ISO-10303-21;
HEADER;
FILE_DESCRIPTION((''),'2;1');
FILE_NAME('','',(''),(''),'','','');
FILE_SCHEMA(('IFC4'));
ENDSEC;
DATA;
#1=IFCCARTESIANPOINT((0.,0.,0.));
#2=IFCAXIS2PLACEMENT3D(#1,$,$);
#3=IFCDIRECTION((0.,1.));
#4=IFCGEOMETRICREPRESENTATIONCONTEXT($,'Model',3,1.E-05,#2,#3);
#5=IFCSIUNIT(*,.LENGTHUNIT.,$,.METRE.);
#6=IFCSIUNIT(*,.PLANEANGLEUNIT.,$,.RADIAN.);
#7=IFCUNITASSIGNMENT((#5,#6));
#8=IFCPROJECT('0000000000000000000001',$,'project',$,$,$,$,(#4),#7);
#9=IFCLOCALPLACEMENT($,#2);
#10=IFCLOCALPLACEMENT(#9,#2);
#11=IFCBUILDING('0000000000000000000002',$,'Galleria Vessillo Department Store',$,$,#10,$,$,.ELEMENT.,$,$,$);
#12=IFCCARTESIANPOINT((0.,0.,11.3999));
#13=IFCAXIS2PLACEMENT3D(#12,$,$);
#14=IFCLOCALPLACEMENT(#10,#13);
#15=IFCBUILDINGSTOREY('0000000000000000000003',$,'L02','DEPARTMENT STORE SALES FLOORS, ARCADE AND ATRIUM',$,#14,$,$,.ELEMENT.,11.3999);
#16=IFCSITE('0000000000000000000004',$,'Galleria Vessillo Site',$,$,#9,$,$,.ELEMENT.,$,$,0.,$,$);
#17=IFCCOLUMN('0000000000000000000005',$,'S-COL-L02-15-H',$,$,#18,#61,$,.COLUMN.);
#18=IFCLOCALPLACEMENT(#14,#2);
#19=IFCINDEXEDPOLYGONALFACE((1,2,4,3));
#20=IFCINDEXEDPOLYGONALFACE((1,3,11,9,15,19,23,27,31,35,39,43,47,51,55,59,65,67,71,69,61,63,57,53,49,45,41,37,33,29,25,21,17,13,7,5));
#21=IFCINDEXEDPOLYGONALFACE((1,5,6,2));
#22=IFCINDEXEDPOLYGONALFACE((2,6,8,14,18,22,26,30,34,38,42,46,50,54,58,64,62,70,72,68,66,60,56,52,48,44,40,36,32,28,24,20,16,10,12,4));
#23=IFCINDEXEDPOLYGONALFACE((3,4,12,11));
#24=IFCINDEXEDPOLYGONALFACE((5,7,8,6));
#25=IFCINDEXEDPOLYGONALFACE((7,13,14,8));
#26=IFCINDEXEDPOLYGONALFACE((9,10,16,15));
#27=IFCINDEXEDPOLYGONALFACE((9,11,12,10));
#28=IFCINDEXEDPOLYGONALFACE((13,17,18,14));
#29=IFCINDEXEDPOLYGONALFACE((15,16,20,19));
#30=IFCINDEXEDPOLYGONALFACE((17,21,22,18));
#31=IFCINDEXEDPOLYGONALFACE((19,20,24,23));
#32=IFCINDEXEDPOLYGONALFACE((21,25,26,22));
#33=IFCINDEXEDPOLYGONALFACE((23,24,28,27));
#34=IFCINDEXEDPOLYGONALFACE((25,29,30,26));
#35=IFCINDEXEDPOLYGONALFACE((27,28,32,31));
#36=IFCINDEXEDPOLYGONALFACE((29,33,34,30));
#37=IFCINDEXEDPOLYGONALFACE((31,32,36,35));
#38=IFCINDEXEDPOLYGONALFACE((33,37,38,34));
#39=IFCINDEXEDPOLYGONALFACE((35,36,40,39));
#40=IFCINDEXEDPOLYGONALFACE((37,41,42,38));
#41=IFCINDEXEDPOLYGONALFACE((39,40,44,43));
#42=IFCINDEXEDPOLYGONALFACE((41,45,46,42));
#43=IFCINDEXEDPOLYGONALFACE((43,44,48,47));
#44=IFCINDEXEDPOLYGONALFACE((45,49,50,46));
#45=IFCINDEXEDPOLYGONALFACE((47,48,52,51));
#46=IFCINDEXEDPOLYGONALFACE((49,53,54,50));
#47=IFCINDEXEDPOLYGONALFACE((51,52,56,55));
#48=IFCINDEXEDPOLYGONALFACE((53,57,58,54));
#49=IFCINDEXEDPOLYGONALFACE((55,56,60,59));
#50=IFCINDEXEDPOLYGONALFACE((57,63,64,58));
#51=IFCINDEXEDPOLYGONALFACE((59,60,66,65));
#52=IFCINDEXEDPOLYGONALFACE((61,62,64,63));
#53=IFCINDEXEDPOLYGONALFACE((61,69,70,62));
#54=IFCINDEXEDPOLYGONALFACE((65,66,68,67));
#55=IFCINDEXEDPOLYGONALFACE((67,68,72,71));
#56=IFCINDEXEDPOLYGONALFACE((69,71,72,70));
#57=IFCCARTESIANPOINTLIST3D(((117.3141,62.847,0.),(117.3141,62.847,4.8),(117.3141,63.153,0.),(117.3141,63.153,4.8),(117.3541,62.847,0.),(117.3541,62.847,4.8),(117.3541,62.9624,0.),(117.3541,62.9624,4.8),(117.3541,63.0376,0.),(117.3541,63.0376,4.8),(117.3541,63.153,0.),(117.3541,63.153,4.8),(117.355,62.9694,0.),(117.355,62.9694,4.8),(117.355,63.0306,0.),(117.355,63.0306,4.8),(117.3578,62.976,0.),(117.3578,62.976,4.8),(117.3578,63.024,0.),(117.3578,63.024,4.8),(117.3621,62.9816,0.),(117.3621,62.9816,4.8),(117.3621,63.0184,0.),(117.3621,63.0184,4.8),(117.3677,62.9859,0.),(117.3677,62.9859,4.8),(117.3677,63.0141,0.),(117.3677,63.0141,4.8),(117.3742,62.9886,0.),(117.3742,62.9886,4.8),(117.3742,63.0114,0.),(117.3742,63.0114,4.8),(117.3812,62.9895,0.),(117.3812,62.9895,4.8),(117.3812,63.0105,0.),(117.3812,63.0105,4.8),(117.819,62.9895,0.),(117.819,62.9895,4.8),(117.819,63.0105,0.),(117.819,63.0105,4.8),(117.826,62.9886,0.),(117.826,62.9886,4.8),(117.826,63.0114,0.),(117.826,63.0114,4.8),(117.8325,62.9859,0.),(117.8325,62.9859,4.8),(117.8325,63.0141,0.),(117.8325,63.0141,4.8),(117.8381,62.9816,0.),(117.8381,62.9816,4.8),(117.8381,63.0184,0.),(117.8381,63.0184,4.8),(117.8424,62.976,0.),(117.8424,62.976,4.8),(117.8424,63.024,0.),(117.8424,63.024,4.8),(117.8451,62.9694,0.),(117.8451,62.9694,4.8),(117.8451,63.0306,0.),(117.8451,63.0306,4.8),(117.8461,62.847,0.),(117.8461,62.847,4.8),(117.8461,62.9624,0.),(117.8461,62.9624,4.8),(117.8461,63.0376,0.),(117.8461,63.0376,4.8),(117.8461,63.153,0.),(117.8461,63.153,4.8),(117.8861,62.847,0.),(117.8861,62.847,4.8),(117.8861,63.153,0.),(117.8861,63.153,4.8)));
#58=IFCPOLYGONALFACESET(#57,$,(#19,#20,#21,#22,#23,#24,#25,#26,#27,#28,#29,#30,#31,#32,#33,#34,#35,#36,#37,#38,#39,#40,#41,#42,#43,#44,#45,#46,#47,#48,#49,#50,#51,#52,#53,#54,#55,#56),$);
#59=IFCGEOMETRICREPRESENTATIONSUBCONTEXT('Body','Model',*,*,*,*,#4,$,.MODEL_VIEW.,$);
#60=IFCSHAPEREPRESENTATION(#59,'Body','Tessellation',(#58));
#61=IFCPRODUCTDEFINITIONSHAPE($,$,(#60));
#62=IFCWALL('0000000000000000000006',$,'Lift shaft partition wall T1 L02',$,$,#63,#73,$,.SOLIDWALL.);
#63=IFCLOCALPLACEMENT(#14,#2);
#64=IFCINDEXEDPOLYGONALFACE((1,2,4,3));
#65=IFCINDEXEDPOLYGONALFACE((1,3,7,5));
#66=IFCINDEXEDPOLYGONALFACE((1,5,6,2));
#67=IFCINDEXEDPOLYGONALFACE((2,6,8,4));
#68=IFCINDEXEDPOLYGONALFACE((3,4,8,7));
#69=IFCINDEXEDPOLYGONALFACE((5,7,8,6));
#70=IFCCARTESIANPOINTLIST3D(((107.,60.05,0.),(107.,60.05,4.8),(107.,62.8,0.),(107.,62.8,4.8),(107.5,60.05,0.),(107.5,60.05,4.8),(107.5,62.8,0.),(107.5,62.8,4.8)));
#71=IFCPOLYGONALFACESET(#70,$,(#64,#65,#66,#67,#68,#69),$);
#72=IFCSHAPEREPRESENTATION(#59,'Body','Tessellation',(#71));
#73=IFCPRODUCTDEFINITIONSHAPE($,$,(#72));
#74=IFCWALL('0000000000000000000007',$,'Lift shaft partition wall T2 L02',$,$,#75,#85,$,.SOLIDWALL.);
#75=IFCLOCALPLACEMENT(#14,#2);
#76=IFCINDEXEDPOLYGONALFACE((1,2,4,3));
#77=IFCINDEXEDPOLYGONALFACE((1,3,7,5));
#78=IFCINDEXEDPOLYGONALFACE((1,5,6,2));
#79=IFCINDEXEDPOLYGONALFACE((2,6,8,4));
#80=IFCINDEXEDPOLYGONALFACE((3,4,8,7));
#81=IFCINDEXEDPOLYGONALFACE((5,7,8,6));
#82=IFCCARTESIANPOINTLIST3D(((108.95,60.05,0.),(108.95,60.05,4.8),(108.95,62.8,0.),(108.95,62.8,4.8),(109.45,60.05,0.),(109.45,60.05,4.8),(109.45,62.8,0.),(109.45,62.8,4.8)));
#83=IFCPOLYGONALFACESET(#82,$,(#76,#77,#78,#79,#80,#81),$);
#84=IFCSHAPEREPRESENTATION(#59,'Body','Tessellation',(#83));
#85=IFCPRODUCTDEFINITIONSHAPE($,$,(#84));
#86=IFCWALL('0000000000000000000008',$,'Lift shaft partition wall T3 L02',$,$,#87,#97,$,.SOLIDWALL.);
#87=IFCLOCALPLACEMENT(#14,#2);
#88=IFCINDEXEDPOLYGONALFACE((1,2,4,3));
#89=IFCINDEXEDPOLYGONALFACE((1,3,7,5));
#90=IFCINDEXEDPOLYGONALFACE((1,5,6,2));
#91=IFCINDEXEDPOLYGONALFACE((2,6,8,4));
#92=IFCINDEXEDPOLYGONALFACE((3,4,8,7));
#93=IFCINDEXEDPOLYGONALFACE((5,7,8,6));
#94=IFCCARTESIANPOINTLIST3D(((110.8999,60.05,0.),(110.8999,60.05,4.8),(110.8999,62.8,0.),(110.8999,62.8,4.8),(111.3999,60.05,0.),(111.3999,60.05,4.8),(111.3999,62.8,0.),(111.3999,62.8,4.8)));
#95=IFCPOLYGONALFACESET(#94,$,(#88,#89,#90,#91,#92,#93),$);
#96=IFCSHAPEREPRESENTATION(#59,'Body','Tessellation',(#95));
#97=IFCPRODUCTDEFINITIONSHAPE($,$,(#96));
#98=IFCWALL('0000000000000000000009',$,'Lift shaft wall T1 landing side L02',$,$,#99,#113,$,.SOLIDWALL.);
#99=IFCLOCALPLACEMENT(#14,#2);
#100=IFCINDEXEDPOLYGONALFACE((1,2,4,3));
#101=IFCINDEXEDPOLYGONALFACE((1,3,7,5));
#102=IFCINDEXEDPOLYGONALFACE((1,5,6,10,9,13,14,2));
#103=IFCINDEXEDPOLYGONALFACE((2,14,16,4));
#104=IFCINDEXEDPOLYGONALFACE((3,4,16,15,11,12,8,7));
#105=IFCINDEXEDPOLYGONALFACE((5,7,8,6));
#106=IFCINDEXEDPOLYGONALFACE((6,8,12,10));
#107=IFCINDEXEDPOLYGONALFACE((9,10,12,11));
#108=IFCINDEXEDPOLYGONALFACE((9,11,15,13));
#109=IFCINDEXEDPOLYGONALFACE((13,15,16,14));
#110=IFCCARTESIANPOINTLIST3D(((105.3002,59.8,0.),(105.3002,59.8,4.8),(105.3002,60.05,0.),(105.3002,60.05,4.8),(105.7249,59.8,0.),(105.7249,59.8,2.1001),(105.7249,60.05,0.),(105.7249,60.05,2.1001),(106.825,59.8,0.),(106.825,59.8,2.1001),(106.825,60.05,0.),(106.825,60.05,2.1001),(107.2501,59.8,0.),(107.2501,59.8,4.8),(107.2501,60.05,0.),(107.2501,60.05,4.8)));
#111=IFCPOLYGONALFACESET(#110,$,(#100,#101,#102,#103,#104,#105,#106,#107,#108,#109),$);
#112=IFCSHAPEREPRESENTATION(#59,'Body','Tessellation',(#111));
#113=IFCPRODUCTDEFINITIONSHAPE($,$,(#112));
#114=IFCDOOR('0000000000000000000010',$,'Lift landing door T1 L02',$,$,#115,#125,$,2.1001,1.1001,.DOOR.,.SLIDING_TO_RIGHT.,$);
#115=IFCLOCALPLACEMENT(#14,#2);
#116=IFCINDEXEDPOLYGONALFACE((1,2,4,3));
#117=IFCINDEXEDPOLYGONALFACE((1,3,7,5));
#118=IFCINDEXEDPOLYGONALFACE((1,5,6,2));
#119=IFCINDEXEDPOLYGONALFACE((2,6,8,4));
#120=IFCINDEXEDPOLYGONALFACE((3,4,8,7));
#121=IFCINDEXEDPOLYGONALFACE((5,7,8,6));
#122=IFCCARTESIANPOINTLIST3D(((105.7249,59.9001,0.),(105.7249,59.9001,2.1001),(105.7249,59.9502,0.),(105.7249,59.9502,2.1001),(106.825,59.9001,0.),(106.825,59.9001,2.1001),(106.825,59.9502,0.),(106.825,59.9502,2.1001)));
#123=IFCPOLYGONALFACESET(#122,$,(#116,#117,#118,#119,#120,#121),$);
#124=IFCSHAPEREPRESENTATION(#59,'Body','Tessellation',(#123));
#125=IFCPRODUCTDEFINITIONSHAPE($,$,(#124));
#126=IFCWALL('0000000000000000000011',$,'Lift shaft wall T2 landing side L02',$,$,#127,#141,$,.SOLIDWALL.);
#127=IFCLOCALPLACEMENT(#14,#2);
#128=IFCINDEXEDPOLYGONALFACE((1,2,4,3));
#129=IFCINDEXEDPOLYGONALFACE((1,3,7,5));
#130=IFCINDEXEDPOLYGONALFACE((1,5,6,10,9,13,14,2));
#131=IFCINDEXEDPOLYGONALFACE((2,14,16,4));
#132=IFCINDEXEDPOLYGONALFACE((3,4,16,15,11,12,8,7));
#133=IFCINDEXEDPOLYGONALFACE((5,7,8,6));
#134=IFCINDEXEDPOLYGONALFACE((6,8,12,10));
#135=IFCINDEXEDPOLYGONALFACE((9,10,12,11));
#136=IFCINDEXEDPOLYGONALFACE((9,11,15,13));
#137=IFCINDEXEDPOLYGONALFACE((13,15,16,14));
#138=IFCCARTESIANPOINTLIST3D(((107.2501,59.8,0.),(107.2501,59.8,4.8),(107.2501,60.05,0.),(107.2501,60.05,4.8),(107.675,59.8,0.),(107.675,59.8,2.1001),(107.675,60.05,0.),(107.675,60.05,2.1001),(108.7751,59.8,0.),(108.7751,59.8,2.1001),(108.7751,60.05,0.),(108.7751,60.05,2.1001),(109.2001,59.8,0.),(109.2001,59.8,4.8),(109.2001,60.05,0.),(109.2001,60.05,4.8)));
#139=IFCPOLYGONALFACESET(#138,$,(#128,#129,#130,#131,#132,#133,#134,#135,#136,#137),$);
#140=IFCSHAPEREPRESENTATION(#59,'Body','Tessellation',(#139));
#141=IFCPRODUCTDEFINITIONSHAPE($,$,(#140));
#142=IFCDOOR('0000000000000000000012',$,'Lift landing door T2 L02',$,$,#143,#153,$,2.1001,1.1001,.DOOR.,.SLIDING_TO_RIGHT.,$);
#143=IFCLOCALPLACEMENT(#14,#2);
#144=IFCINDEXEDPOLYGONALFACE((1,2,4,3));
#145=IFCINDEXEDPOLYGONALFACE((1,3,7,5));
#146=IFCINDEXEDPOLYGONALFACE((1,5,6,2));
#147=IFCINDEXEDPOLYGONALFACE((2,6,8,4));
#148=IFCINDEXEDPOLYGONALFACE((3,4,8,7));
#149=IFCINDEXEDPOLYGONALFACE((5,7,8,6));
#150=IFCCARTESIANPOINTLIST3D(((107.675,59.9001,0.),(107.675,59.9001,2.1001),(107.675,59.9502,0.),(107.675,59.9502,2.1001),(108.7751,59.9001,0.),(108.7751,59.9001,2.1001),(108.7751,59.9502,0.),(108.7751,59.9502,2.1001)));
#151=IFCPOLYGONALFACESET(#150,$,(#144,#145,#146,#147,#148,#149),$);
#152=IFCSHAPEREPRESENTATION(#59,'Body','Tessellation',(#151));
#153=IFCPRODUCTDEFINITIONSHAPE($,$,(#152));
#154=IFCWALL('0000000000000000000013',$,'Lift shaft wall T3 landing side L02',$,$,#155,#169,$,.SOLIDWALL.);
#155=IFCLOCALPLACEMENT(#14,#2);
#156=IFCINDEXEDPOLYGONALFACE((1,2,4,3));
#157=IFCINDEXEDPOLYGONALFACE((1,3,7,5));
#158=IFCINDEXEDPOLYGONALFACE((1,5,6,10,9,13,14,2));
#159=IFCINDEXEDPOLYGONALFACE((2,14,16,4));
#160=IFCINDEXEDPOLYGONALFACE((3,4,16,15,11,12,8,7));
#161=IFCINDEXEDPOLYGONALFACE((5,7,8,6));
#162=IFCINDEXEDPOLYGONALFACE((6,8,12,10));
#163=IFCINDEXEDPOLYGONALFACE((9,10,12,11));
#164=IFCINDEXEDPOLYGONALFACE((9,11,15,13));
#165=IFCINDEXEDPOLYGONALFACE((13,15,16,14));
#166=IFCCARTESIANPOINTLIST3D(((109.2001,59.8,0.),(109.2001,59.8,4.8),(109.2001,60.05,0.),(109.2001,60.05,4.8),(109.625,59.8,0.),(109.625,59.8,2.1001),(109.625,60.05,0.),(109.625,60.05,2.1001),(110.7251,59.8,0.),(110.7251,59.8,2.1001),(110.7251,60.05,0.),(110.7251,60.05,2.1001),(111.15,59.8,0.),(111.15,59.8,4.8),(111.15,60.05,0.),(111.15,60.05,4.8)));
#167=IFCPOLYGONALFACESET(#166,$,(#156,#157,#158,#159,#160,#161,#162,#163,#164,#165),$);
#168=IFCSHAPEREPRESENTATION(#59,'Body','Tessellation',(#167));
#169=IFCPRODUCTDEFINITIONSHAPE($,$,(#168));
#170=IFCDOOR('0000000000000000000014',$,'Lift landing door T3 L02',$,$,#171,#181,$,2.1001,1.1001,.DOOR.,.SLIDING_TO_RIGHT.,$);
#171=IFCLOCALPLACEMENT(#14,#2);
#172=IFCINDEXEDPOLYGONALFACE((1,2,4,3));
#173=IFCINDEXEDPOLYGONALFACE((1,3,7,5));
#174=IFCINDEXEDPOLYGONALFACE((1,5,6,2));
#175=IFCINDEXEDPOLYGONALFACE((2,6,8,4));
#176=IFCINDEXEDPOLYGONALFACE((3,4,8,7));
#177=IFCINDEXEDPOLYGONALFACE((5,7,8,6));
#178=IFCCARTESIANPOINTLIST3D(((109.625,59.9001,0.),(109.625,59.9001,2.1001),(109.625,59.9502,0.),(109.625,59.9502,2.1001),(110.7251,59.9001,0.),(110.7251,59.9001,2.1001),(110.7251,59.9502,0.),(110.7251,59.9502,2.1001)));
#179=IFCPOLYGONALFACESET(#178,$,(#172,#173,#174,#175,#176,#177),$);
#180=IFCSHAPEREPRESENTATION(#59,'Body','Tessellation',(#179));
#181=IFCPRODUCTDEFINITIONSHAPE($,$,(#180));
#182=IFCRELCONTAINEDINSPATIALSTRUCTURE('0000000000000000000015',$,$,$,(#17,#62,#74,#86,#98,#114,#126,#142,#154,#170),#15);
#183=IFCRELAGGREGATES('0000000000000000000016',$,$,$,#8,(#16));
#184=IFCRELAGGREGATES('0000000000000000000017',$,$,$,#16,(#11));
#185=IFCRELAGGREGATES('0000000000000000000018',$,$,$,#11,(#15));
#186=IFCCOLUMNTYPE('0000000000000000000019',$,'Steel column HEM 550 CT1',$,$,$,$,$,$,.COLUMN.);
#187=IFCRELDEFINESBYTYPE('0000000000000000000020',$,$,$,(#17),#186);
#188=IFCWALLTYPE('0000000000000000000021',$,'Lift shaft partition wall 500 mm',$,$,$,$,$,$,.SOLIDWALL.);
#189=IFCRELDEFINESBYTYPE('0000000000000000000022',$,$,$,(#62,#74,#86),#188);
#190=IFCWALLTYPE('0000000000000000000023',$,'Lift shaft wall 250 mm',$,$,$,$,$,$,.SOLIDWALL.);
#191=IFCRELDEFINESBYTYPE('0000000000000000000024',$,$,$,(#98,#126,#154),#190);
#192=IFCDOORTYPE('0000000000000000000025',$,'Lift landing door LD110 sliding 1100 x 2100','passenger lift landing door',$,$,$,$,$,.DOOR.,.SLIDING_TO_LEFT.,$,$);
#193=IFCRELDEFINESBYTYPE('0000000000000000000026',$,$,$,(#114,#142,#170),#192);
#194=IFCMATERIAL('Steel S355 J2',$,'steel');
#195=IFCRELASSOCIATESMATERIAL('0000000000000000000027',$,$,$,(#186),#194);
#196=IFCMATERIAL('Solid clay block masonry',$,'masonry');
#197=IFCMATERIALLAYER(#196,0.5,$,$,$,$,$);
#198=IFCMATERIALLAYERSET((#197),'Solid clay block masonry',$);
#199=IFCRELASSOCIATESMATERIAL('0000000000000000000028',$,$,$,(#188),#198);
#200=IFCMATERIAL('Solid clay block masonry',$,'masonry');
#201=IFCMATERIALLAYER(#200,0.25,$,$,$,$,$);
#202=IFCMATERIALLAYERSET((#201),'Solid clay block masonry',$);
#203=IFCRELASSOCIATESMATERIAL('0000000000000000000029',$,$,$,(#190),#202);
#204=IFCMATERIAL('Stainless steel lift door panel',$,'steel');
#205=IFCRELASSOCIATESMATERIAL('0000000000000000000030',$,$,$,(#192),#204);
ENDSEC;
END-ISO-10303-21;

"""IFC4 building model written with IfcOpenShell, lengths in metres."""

from ifc_helpers import new_model, si_unit, direction, frame, frame_2d, origin, origin_2d, place, context, subcontext, project, spatial, rectangle, i_section, extrude, material, layer, layer_set, material_profile, profile_set, type_object, element, fill, save


model = new_model("IFC4")

# Units and contexts
model_context = context("Model", 3, precision=1e-05, world=origin(), true_north=direction((0.0, 1.0)))
body_context = subcontext(model_context, "Body", "Model", "MODEL_VIEW")
ifc_project = project(units=[si_unit("LENGTHUNIT", "METRE"), si_unit("PLANEANGLEUNIT", "RADIAN")], contexts=[model_context])

# Site, building, storey
site_placement = place(None, origin())
site = spatial("IfcSite", under=ifc_project, at=site_placement, Name="Galleria Vessillo Site", CompositionType="ELEMENT", RefElevation=0.0)
building_placement = place(site_placement, origin())
building = spatial("IfcBuilding", under=site, at=building_placement, Name="Galleria Vessillo Department Store", CompositionType="ELEMENT")
storey_placement = place(building_placement, frame((0.0, 0.0, 11.3999)))
storey = spatial("IfcBuildingStorey", under=building, at=storey_placement, Name="L02", Description="DEPARTMENT STORE SALES FLOORS, ARCADE AND ATRIUM", CompositionType="ELEMENT", Elevation=11.3999)

# Column
ifc_material_1 = material(Name="Steel S355 J2", Category="steel")
ifc_material_profile = material_profile(ifc_material_1, i_section(OverallWidth=0.3059, OverallDepth=0.572, WebThickness=0.021, FlangeThickness=0.04, FilletRadius=0.0271, at=origin_2d()), Name="HEM 550")
ifc_profile_set = profile_set([ifc_material_profile], Name="Steel S355 J2")
column_type = type_object("IfcColumnType", Name="Steel column HEM 550 CT1", PredefinedType="COLUMN", material=ifc_profile_set)
column_placement = place(storey_placement, frame((117.6001, 63.0, 0.0), z_axis=(0.0, 0.0, 1.0), x_axis=(0.0, 1.0, 0.0)))
element("IfcColumn", 1, at=column_placement, inside=storey, type_object=column_type, Name="S-COL-L02-15-H", PredefinedType="COLUMN", context=body_context, shape_type="SweptSolid", body=[
    extrude(i_section(OverallWidth=0.3059, OverallDepth=0.572, WebThickness=0.021, FlangeThickness=0.04, FilletRadius=0.0271, at=origin_2d()), origin(), (0.0, 0.0, 1.0), 4.8),
])

# Walls
ifc_material_2 = material(Name="Solid clay block masonry", Category="masonry")
ifc_layer_1 = layer(ifc_material_2, 0.5)
ifc_layer_set_1 = layer_set([ifc_layer_1], Name="Solid clay block masonry")
wall_type_1 = type_object("IfcWallType", Name="Lift shaft partition wall 500 mm", PredefinedType="SOLIDWALL", material=ifc_layer_set_1)
for number, where, z_axis, x_axis, name in (
    (2, (107.25, 62.8, 0.0), (0.0, 0.0, 1.0), (0.0, -1.0, 0.0), "Lift shaft partition wall T1 L02"),
    (3, (109.2, 62.8, 0.0), (0.0, 0.0, 1.0), (0.0, -1.0, 0.0), "Lift shaft partition wall T2 L02"),
    (4, (111.1499, 62.8, 0.0), (0.0, 0.0, 1.0), (0.0, -1.0, 0.0), "Lift shaft partition wall T3 L02"),
):
    element("IfcWall", number, at=place(storey_placement, frame(where, z_axis=z_axis, x_axis=x_axis)), inside=storey, type_object=wall_type_1, Name=name, PredefinedType="SOLIDWALL", context=body_context, shape_type="SweptSolid", body=[
        extrude(rectangle(XDim=2.75, YDim=0.5, at=frame_2d((1.375, 0.0))), origin(), (0.0, 0.0, 1.0), 4.8),
    ])

# Walls, openings, doors
ifc_material_3 = material(Name="Solid clay block masonry", Category="masonry")
ifc_layer_2 = layer(ifc_material_3, 0.25)
ifc_layer_set_2 = layer_set([ifc_layer_2], Name="Solid clay block masonry")
wall_type_2 = type_object("IfcWallType", Name="Lift shaft wall 250 mm", PredefinedType="SOLIDWALL", material=ifc_layer_set_2)
wall_1_placement = place(storey_placement, frame((105.3, 59.925, 0.0), z_axis=(0.0, 0.0, 1.0), x_axis=(1.0, 0.0, 0.0)))
wall_1 = element("IfcWall", 5, at=wall_1_placement, inside=storey, type_object=wall_type_2, Name="Lift shaft wall T1 landing side L02", PredefinedType="SOLIDWALL", context=body_context, shape_type="SweptSolid", body=[
    extrude(rectangle(XDim=1.95, YDim=0.25, at=frame_2d((0.9751, 0.0))), origin(), (0.0, 0.0, 1.0), 4.8),
])
opening_1_placement = place(wall_1_placement, frame((0.4248, 0.0, 0.0)))
opening_1 = element("IfcOpeningElement", 6, at=opening_1_placement, cuts=wall_1, PredefinedType="OPENING", context=body_context, shape_type="SweptSolid", body=[
    extrude(rectangle(XDim=1.1001, YDim=2.1001, at=frame_2d((0.55, 1.05))), frame((0.0, 0.135, 0.0), z_axis=(0.0, -1.0, 0.0), x_axis=(1.0, 0.0, 0.0)), (0.0, 0.0, 1.0), 0.27),
])
ifc_material_4 = material(Name="Stainless steel lift door panel", Category="steel")
door_type = type_object("IfcDoorType", Name="Lift landing door LD110 sliding 1100 x 2100", Description="passenger lift landing door", OperationType="SLIDING_TO_LEFT", PredefinedType="DOOR", material=ifc_material_4)
door_1_placement = place(opening_1_placement, frame((1.1001, 0.0, 0.0), z_axis=(0.0, 0.0, 1.0), x_axis=(-1.0, 0.0, 0.0)))
door_1 = element("IfcDoor", 7, at=door_1_placement, inside=storey, type_object=door_type, Name="Lift landing door T1 L02", OperationType="SLIDING_TO_RIGHT", OverallHeight=2.1001, OverallWidth=1.1001, PredefinedType="DOOR", context=body_context, shape_type="SweptSolid", body=[
    extrude(rectangle(XDim=1.1001, YDim=2.1001, at=frame_2d((0.55, 1.05))), frame((0.0, 0.0249, 0.0), z_axis=(0.0, -1.0, 0.0), x_axis=(1.0, 0.0, 0.0)), (0.0, 0.0, 1.0), 0.05),
])
fill(opening_1, door_1)
wall_2_placement = place(storey_placement, frame((107.25, 59.925, 0.0), z_axis=(0.0, 0.0, 1.0), x_axis=(1.0, 0.0, 0.0)))
wall_2 = element("IfcWall", 8, at=wall_2_placement, inside=storey, type_object=wall_type_2, Name="Lift shaft wall T2 landing side L02", PredefinedType="SOLIDWALL", context=body_context, shape_type="SweptSolid", body=[
    extrude(rectangle(XDim=1.95, YDim=0.25, at=frame_2d((0.9751, 0.0))), origin(), (0.0, 0.0, 1.0), 4.8),
])
opening_2_placement = place(wall_2_placement, frame((0.425, 0.0, 0.0)))
opening_2 = element("IfcOpeningElement", 9, at=opening_2_placement, cuts=wall_2, PredefinedType="OPENING", context=body_context, shape_type="SweptSolid", body=[
    extrude(rectangle(XDim=1.1001, YDim=2.1001, at=frame_2d((0.55, 1.05))), frame((0.0, 0.135, 0.0), z_axis=(0.0, -1.0, 0.0), x_axis=(1.0, 0.0, 0.0)), (0.0, 0.0, 1.0), 0.27),
])
door_2_placement = place(opening_2_placement, frame((1.1001, 0.0, 0.0), z_axis=(0.0, 0.0, 1.0), x_axis=(-1.0, 0.0, 0.0)))
door_2 = element("IfcDoor", 10, at=door_2_placement, inside=storey, type_object=door_type, Name="Lift landing door T2 L02", OperationType="SLIDING_TO_RIGHT", OverallHeight=2.1001, OverallWidth=1.1001, PredefinedType="DOOR", context=body_context, shape_type="SweptSolid", body=[
    extrude(rectangle(XDim=1.1001, YDim=2.1001, at=frame_2d((0.55, 1.05))), frame((0.0, 0.0249, 0.0), z_axis=(0.0, -1.0, 0.0), x_axis=(1.0, 0.0, 0.0)), (0.0, 0.0, 1.0), 0.05),
])
fill(opening_2, door_2)
wall_3_placement = place(storey_placement, frame((109.2, 59.925, 0.0), z_axis=(0.0, 0.0, 1.0), x_axis=(1.0, 0.0, 0.0)))
wall_3 = element("IfcWall", 11, at=wall_3_placement, inside=storey, type_object=wall_type_2, Name="Lift shaft wall T3 landing side L02", PredefinedType="SOLIDWALL", context=body_context, shape_type="SweptSolid", body=[
    extrude(rectangle(XDim=1.95, YDim=0.25, at=frame_2d((0.9751, 0.0))), origin(), (0.0, 0.0, 1.0), 4.8),
])
opening_3_placement = place(wall_3_placement, frame((0.425, 0.0, 0.0)))
opening_3 = element("IfcOpeningElement", 12, at=opening_3_placement, cuts=wall_3, PredefinedType="OPENING", context=body_context, shape_type="SweptSolid", body=[
    extrude(rectangle(XDim=1.1001, YDim=2.1001, at=frame_2d((0.55, 1.05))), frame((0.0, 0.135, 0.0), z_axis=(0.0, -1.0, 0.0), x_axis=(1.0, 0.0, 0.0)), (0.0, 0.0, 1.0), 0.27),
])
door_3_placement = place(opening_3_placement, frame((1.1001, 0.0, 0.0), z_axis=(0.0, 0.0, 1.0), x_axis=(-1.0, 0.0, 0.0)))
door_3 = element("IfcDoor", 13, at=door_3_placement, inside=storey, type_object=door_type, Name="Lift landing door T3 L02", OperationType="SLIDING_TO_RIGHT", OverallHeight=2.1001, OverallWidth=1.1001, PredefinedType="DOOR", context=body_context, shape_type="SweptSolid", body=[
    extrude(rectangle(XDim=1.1001, YDim=2.1001, at=frame_2d((0.55, 1.05))), frame((0.0, 0.0249, 0.0), z_axis=(0.0, -1.0, 0.0), x_axis=(1.0, 0.0, 0.0)), (0.0, 0.0, 1.0), 0.05),
])
fill(opening_3, door_3)

save(model, "model.ifc")
